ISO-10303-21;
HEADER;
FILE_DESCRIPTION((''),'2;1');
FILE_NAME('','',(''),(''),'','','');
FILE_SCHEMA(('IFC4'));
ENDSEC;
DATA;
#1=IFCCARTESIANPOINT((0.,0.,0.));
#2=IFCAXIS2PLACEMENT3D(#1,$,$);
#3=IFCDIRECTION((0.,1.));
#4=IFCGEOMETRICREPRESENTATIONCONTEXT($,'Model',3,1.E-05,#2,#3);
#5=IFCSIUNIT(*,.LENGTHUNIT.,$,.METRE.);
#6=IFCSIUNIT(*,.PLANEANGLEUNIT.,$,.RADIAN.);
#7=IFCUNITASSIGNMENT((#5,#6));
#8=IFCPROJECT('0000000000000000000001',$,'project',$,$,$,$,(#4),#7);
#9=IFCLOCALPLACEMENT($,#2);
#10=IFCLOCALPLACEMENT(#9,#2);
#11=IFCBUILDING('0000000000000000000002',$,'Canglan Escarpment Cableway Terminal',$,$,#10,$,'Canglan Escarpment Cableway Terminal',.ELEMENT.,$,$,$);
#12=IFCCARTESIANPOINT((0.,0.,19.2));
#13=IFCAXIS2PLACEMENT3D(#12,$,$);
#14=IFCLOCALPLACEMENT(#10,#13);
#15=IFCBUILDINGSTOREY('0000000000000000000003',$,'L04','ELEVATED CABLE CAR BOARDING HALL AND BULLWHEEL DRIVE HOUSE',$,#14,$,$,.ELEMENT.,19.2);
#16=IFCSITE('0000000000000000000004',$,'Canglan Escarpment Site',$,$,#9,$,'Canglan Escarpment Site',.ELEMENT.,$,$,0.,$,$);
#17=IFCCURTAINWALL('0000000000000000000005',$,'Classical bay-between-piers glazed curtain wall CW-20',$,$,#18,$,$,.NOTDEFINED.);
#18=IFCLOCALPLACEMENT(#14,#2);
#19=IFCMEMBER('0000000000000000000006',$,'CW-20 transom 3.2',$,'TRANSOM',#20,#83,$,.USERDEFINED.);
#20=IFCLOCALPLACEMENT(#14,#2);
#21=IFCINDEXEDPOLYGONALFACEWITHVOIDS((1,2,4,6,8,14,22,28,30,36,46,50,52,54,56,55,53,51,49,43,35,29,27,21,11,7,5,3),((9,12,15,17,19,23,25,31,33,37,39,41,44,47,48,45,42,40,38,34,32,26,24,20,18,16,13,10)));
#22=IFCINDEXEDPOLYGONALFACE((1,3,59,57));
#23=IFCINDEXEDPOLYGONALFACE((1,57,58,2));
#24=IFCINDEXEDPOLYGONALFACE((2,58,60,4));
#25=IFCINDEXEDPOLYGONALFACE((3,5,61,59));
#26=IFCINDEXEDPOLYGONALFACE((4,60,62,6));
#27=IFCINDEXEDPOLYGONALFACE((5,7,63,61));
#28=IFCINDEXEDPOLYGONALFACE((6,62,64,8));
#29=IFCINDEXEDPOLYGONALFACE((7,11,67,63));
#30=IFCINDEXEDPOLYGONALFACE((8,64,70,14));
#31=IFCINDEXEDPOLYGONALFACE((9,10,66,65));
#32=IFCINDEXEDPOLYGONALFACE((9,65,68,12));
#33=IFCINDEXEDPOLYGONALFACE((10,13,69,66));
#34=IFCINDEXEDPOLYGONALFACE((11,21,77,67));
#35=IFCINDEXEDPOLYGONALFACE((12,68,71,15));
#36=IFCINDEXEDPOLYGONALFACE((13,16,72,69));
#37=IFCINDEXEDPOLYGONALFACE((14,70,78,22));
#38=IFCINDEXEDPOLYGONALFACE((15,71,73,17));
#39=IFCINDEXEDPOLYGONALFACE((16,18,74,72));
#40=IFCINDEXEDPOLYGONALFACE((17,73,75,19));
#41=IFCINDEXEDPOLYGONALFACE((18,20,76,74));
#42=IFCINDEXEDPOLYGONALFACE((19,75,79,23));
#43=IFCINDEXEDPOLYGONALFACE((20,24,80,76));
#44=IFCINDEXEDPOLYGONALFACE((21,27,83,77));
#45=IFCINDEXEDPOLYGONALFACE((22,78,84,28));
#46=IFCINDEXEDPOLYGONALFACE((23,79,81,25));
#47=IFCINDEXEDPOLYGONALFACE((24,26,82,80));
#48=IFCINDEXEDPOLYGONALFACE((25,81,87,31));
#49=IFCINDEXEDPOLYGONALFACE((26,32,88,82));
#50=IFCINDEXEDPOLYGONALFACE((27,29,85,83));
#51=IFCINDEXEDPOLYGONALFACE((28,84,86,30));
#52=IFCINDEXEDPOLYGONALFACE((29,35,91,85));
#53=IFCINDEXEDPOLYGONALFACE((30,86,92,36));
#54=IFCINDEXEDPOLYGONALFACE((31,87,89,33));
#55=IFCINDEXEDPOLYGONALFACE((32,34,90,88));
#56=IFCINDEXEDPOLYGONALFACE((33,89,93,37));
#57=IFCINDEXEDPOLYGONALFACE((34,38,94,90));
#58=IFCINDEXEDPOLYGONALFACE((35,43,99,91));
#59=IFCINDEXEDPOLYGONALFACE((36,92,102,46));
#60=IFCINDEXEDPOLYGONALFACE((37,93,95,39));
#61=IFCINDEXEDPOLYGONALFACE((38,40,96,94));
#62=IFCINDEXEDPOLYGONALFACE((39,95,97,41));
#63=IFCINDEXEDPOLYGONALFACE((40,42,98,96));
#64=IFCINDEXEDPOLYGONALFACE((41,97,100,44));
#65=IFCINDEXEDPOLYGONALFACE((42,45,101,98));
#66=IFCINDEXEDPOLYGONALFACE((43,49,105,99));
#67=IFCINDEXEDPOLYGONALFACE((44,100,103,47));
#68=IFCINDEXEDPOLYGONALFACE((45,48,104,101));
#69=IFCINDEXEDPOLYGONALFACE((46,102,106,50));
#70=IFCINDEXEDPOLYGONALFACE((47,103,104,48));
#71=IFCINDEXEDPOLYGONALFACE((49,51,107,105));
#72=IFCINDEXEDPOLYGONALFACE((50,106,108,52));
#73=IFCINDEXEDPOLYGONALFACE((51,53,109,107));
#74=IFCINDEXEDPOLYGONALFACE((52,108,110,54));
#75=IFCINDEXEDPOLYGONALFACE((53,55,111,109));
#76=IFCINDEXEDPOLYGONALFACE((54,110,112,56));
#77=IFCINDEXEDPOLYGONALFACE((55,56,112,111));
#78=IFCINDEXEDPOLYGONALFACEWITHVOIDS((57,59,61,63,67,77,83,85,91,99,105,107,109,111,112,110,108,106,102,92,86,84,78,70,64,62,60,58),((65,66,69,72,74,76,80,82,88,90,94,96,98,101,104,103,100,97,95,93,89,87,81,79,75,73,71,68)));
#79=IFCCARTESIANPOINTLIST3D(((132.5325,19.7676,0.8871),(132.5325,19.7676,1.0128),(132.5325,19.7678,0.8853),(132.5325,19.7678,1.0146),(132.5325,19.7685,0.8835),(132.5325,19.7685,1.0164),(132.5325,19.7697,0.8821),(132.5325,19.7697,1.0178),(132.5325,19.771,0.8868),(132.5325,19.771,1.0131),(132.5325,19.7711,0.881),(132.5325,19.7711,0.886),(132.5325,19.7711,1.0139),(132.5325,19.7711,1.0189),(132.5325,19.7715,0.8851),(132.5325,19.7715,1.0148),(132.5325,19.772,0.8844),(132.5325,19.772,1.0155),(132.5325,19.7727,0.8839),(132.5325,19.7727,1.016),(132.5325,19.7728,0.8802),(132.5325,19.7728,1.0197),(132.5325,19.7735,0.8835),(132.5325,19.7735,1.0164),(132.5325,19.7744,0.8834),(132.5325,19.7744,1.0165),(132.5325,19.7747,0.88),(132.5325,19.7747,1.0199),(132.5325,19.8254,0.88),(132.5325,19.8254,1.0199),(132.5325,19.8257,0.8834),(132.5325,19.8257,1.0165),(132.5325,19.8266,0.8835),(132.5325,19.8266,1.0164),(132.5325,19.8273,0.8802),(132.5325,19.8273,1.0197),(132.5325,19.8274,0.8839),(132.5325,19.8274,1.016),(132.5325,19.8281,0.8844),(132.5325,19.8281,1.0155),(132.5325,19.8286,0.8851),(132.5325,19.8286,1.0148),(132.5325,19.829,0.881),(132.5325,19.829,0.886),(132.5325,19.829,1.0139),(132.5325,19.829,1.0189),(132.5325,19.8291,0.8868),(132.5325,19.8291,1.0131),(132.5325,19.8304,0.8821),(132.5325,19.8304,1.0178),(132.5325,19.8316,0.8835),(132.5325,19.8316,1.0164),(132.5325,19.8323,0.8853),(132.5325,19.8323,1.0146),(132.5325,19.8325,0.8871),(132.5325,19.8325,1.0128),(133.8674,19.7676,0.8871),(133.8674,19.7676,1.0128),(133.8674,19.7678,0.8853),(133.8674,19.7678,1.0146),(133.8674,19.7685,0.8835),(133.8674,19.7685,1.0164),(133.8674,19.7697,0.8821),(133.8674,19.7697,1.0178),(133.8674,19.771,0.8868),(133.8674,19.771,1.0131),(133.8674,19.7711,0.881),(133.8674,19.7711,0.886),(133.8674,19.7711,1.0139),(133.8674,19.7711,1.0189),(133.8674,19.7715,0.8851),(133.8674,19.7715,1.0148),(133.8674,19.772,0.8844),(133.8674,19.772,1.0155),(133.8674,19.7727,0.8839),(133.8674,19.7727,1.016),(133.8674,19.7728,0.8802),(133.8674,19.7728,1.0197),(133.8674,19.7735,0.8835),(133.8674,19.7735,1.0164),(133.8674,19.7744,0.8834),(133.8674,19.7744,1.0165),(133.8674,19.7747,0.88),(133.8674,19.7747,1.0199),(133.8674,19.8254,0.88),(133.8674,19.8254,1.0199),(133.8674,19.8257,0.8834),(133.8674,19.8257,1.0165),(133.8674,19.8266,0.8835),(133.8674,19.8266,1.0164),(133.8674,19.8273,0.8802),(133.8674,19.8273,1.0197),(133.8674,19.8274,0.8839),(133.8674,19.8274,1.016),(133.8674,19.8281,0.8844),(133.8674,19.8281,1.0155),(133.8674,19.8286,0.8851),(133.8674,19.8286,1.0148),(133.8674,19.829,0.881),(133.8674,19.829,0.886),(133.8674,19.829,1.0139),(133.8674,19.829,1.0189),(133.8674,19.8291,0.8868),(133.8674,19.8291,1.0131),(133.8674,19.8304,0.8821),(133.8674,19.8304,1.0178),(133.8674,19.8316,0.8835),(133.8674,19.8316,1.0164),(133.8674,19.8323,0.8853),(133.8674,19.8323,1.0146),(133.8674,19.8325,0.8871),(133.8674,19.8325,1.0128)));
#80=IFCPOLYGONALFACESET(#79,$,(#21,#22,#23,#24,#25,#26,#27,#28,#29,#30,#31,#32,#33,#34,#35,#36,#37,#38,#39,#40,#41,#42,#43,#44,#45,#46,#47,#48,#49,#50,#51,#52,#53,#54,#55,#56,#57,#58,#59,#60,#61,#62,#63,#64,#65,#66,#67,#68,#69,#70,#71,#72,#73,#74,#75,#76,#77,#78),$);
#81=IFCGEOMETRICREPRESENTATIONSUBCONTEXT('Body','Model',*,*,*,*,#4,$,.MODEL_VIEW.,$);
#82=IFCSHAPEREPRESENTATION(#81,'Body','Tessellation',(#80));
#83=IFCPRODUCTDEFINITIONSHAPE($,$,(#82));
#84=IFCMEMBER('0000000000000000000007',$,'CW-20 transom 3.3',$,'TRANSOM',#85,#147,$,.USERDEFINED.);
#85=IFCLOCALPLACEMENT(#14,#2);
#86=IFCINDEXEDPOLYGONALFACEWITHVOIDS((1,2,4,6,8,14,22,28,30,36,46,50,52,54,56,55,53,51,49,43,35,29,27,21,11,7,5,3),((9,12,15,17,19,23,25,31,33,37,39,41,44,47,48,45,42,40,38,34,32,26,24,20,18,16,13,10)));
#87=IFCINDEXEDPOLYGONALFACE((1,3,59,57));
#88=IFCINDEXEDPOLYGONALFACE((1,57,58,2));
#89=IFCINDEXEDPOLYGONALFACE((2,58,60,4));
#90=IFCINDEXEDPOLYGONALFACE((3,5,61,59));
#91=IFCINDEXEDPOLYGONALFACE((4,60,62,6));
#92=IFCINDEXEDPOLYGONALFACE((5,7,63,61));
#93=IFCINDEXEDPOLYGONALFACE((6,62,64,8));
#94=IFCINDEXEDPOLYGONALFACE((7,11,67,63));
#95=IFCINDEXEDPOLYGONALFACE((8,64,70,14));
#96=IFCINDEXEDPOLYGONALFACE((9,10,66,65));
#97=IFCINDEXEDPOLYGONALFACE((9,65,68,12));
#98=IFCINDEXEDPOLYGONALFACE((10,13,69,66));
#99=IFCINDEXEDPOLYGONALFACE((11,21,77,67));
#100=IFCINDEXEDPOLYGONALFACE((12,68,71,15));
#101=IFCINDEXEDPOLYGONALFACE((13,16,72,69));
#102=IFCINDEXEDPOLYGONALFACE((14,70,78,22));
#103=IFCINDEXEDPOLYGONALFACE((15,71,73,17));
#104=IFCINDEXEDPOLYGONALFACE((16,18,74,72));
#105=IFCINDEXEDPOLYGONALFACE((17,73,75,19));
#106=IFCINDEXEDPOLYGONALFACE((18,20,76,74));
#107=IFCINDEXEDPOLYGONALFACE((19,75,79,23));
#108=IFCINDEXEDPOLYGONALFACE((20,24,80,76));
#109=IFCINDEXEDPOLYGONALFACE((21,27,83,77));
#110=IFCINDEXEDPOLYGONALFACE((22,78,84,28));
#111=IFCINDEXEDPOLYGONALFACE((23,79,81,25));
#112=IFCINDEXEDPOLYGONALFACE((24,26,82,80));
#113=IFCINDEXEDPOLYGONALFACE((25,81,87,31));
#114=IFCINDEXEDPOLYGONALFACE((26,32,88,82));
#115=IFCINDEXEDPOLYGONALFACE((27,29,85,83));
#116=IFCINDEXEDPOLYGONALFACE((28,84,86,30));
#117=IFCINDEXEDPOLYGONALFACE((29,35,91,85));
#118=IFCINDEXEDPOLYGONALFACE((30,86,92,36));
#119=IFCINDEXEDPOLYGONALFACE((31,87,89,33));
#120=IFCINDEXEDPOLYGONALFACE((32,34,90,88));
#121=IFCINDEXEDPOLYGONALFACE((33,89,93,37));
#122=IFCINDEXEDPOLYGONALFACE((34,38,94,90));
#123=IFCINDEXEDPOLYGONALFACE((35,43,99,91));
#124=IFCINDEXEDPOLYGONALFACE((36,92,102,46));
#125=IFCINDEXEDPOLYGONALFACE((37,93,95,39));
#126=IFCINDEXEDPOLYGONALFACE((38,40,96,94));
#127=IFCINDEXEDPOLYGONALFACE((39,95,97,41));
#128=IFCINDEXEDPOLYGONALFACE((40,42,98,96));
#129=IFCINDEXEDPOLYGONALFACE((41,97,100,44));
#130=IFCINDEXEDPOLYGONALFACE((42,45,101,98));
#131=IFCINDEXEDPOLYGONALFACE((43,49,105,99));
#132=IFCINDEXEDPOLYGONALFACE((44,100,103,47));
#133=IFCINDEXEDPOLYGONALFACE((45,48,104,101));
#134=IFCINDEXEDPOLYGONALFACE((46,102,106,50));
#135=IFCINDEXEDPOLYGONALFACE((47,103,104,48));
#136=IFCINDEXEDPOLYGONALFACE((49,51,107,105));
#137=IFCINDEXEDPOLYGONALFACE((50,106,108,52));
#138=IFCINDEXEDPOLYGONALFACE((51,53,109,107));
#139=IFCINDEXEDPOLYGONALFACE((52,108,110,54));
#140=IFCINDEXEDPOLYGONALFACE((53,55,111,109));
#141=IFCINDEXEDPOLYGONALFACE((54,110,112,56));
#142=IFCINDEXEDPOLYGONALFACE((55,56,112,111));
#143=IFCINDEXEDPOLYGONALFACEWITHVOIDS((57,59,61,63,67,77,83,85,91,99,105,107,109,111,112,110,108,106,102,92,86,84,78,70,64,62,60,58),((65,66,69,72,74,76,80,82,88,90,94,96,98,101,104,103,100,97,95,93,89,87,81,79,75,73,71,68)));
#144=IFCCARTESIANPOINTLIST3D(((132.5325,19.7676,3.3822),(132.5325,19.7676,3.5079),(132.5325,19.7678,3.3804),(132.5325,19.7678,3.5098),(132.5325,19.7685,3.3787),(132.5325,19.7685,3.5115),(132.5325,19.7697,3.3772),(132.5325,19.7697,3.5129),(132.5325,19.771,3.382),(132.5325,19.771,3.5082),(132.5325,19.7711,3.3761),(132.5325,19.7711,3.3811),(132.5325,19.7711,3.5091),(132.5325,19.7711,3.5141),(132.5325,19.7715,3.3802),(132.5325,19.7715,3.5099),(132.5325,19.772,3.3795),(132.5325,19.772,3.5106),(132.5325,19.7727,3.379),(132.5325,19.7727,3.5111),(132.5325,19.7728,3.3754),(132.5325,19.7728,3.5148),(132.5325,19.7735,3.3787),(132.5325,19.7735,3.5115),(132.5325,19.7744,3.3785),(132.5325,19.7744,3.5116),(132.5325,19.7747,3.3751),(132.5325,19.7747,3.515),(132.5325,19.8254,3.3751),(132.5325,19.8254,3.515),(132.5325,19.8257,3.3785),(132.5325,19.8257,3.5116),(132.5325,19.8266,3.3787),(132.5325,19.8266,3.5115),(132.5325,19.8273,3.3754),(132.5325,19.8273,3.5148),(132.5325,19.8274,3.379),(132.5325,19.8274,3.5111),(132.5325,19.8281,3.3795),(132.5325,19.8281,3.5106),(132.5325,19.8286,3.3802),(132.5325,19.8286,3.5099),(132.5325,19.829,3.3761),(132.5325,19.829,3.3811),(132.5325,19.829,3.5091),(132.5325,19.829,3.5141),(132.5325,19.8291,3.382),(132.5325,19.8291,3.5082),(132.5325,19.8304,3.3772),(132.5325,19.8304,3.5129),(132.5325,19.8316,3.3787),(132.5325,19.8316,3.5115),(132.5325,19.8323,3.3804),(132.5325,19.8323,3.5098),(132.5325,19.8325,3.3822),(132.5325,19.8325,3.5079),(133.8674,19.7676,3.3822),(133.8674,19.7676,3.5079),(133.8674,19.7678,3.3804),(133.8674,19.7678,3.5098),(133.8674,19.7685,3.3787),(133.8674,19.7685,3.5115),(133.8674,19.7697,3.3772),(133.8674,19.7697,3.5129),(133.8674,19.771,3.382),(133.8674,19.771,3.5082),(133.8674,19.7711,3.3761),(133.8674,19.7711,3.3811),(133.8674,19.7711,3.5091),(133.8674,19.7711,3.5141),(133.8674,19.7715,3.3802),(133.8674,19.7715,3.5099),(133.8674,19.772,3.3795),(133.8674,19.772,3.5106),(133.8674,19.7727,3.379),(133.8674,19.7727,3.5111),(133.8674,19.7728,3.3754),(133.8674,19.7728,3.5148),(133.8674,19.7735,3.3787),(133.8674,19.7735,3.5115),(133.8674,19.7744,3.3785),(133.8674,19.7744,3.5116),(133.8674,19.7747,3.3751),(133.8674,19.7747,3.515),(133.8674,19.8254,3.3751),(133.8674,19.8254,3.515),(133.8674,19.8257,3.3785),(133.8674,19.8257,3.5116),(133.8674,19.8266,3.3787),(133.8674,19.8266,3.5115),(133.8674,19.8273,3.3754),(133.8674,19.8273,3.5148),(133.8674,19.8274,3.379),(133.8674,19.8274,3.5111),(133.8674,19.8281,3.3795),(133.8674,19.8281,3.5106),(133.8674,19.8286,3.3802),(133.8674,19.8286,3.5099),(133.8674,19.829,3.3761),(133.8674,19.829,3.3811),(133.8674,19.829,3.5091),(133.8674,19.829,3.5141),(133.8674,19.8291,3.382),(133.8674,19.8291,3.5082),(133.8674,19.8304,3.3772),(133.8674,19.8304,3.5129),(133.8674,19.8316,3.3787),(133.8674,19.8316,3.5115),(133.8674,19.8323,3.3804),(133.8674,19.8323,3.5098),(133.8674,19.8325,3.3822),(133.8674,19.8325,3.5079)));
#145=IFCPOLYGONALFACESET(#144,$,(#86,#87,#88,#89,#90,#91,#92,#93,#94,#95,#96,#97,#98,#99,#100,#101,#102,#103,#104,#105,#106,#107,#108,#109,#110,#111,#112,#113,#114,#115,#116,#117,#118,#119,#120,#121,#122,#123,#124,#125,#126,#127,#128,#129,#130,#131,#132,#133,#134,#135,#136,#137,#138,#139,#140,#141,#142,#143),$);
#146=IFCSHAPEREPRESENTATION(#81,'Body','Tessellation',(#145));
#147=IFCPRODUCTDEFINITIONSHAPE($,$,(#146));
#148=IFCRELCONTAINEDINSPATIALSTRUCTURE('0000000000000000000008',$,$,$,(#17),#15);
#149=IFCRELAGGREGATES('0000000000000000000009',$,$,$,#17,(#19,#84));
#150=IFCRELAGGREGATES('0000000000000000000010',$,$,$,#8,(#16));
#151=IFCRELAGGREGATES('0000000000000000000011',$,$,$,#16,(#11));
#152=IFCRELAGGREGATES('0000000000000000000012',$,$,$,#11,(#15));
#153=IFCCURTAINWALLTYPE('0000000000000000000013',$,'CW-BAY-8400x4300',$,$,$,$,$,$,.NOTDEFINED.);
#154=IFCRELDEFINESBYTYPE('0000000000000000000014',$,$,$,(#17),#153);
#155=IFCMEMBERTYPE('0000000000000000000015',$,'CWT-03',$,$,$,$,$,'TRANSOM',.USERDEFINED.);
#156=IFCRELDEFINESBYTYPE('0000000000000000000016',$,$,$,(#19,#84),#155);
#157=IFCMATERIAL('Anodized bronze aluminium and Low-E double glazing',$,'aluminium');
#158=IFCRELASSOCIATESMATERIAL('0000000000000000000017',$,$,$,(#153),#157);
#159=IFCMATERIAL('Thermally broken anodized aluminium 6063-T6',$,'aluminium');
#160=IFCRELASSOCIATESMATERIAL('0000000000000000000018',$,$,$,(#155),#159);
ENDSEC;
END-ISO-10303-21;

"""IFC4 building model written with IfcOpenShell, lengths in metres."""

from ifc_helpers import new_model, si_unit, direction, frame, origin, origin_2d, place, context, subcontext, project, spatial, hollow_rectangle, extrude, material, material_profile, profile_set, type_object, element, aggregate, save


model = new_model("IFC4")

# Units and contexts
model_context = context("Model", 3, precision=1e-05, world=origin(), true_north=direction((0.0, 1.0)))
body_context = subcontext(model_context, "Body", "Model", "MODEL_VIEW")
ifc_project = project(units=[si_unit("LENGTHUNIT", "METRE"), si_unit("PLANEANGLEUNIT", "RADIAN")], contexts=[model_context])

# Site, building, storey
site_placement = place(None, origin())
site = spatial("IfcSite", under=ifc_project, at=site_placement, Name="Canglan Escarpment Site", LongName="Canglan Escarpment Site", CompositionType="ELEMENT", RefElevation=0.0)
building_placement = place(site_placement, origin())
building = spatial("IfcBuilding", under=site, at=building_placement, Name="Canglan Escarpment Cableway Terminal", LongName="Canglan Escarpment Cableway Terminal", CompositionType="ELEMENT")
storey_placement = place(building_placement, frame((0.0, 0.0, 19.2)))
storey = spatial("IfcBuildingStorey", under=building, at=storey_placement, Name="L04", Description="ELEVATED CABLE CAR BOARDING HALL AND BULLWHEEL DRIVE HOUSE", CompositionType="ELEMENT", Elevation=19.2)

# Curtain wall, members
ifc_material_1 = material(Name="Anodized bronze aluminium and Low-E double glazing", Category="aluminium")
curtain_wall_type = type_object("IfcCurtainWallType", Name="CW-BAY-8400x4300", PredefinedType="NOTDEFINED", material=ifc_material_1)
curtain_wall_placement = place(storey_placement, origin())
curtain_wall = element("IfcCurtainWall", 1, at=curtain_wall_placement, inside=storey, type_object=curtain_wall_type, Name="Classical bay-between-piers glazed curtain wall CW-20", PredefinedType="NOTDEFINED")
ifc_material_2 = material(Name="Thermally broken anodized aluminium 6063-T6", Category="aluminium")
ifc_material_profile_1 = material_profile(ifc_material_2, hollow_rectangle(XDim=0.0649, YDim=0.1399, WallThickness=0.0034, InnerFilletRadius=0.0034, OuterFilletRadius=0.0071, at=origin_2d()), Name="ALU-TRAN 65x140x3.5")
ifc_profile_set_1 = profile_set([ifc_material_profile_1], Name="Thermally broken anodized aluminium 6063-T6")
member_type_1 = type_object("IfcMemberType", Name="CWT-03", ElementType="TRANSOM", PredefinedType="USERDEFINED", material=ifc_profile_set_1)
member_1_placement = place(storey_placement, frame((133.8674, 19.8, 0.95), z_axis=(-1.0, 0.0, 0.0), x_axis=(0.0, -1.0, 0.0)))
member_1 = element("IfcMember", 2, at=member_1_placement, type_object=member_type_1, Name="CW-20 transom 3.2", ObjectType="TRANSOM", PredefinedType="USERDEFINED", context=body_context, shape_type="SweptSolid", body=[
    extrude(hollow_rectangle(XDim=0.0649, YDim=0.1399, WallThickness=0.0034, InnerFilletRadius=0.0034, OuterFilletRadius=0.0071, at=origin_2d()), origin(), (0.0, 0.0, 1.0), 1.335),
])
member_2_placement = place(storey_placement, frame((133.8674, 19.8, 3.4451), z_axis=(-1.0, 0.0, 0.0), x_axis=(0.0, -1.0, 0.0)))
member_2 = element("IfcMember", 3, at=member_2_placement, type_object=member_type_1, Name="CW-20 transom 3.3", ObjectType="TRANSOM", PredefinedType="USERDEFINED", context=body_context, shape_type="SweptSolid", body=[
    extrude(hollow_rectangle(XDim=0.0649, YDim=0.1399, WallThickness=0.0034, InnerFilletRadius=0.0034, OuterFilletRadius=0.0071, at=origin_2d()), origin(), (0.0, 0.0, 1.0), 1.335),
])
aggregate(curtain_wall, [member_1, member_2])

save(model, "model.ifc")
